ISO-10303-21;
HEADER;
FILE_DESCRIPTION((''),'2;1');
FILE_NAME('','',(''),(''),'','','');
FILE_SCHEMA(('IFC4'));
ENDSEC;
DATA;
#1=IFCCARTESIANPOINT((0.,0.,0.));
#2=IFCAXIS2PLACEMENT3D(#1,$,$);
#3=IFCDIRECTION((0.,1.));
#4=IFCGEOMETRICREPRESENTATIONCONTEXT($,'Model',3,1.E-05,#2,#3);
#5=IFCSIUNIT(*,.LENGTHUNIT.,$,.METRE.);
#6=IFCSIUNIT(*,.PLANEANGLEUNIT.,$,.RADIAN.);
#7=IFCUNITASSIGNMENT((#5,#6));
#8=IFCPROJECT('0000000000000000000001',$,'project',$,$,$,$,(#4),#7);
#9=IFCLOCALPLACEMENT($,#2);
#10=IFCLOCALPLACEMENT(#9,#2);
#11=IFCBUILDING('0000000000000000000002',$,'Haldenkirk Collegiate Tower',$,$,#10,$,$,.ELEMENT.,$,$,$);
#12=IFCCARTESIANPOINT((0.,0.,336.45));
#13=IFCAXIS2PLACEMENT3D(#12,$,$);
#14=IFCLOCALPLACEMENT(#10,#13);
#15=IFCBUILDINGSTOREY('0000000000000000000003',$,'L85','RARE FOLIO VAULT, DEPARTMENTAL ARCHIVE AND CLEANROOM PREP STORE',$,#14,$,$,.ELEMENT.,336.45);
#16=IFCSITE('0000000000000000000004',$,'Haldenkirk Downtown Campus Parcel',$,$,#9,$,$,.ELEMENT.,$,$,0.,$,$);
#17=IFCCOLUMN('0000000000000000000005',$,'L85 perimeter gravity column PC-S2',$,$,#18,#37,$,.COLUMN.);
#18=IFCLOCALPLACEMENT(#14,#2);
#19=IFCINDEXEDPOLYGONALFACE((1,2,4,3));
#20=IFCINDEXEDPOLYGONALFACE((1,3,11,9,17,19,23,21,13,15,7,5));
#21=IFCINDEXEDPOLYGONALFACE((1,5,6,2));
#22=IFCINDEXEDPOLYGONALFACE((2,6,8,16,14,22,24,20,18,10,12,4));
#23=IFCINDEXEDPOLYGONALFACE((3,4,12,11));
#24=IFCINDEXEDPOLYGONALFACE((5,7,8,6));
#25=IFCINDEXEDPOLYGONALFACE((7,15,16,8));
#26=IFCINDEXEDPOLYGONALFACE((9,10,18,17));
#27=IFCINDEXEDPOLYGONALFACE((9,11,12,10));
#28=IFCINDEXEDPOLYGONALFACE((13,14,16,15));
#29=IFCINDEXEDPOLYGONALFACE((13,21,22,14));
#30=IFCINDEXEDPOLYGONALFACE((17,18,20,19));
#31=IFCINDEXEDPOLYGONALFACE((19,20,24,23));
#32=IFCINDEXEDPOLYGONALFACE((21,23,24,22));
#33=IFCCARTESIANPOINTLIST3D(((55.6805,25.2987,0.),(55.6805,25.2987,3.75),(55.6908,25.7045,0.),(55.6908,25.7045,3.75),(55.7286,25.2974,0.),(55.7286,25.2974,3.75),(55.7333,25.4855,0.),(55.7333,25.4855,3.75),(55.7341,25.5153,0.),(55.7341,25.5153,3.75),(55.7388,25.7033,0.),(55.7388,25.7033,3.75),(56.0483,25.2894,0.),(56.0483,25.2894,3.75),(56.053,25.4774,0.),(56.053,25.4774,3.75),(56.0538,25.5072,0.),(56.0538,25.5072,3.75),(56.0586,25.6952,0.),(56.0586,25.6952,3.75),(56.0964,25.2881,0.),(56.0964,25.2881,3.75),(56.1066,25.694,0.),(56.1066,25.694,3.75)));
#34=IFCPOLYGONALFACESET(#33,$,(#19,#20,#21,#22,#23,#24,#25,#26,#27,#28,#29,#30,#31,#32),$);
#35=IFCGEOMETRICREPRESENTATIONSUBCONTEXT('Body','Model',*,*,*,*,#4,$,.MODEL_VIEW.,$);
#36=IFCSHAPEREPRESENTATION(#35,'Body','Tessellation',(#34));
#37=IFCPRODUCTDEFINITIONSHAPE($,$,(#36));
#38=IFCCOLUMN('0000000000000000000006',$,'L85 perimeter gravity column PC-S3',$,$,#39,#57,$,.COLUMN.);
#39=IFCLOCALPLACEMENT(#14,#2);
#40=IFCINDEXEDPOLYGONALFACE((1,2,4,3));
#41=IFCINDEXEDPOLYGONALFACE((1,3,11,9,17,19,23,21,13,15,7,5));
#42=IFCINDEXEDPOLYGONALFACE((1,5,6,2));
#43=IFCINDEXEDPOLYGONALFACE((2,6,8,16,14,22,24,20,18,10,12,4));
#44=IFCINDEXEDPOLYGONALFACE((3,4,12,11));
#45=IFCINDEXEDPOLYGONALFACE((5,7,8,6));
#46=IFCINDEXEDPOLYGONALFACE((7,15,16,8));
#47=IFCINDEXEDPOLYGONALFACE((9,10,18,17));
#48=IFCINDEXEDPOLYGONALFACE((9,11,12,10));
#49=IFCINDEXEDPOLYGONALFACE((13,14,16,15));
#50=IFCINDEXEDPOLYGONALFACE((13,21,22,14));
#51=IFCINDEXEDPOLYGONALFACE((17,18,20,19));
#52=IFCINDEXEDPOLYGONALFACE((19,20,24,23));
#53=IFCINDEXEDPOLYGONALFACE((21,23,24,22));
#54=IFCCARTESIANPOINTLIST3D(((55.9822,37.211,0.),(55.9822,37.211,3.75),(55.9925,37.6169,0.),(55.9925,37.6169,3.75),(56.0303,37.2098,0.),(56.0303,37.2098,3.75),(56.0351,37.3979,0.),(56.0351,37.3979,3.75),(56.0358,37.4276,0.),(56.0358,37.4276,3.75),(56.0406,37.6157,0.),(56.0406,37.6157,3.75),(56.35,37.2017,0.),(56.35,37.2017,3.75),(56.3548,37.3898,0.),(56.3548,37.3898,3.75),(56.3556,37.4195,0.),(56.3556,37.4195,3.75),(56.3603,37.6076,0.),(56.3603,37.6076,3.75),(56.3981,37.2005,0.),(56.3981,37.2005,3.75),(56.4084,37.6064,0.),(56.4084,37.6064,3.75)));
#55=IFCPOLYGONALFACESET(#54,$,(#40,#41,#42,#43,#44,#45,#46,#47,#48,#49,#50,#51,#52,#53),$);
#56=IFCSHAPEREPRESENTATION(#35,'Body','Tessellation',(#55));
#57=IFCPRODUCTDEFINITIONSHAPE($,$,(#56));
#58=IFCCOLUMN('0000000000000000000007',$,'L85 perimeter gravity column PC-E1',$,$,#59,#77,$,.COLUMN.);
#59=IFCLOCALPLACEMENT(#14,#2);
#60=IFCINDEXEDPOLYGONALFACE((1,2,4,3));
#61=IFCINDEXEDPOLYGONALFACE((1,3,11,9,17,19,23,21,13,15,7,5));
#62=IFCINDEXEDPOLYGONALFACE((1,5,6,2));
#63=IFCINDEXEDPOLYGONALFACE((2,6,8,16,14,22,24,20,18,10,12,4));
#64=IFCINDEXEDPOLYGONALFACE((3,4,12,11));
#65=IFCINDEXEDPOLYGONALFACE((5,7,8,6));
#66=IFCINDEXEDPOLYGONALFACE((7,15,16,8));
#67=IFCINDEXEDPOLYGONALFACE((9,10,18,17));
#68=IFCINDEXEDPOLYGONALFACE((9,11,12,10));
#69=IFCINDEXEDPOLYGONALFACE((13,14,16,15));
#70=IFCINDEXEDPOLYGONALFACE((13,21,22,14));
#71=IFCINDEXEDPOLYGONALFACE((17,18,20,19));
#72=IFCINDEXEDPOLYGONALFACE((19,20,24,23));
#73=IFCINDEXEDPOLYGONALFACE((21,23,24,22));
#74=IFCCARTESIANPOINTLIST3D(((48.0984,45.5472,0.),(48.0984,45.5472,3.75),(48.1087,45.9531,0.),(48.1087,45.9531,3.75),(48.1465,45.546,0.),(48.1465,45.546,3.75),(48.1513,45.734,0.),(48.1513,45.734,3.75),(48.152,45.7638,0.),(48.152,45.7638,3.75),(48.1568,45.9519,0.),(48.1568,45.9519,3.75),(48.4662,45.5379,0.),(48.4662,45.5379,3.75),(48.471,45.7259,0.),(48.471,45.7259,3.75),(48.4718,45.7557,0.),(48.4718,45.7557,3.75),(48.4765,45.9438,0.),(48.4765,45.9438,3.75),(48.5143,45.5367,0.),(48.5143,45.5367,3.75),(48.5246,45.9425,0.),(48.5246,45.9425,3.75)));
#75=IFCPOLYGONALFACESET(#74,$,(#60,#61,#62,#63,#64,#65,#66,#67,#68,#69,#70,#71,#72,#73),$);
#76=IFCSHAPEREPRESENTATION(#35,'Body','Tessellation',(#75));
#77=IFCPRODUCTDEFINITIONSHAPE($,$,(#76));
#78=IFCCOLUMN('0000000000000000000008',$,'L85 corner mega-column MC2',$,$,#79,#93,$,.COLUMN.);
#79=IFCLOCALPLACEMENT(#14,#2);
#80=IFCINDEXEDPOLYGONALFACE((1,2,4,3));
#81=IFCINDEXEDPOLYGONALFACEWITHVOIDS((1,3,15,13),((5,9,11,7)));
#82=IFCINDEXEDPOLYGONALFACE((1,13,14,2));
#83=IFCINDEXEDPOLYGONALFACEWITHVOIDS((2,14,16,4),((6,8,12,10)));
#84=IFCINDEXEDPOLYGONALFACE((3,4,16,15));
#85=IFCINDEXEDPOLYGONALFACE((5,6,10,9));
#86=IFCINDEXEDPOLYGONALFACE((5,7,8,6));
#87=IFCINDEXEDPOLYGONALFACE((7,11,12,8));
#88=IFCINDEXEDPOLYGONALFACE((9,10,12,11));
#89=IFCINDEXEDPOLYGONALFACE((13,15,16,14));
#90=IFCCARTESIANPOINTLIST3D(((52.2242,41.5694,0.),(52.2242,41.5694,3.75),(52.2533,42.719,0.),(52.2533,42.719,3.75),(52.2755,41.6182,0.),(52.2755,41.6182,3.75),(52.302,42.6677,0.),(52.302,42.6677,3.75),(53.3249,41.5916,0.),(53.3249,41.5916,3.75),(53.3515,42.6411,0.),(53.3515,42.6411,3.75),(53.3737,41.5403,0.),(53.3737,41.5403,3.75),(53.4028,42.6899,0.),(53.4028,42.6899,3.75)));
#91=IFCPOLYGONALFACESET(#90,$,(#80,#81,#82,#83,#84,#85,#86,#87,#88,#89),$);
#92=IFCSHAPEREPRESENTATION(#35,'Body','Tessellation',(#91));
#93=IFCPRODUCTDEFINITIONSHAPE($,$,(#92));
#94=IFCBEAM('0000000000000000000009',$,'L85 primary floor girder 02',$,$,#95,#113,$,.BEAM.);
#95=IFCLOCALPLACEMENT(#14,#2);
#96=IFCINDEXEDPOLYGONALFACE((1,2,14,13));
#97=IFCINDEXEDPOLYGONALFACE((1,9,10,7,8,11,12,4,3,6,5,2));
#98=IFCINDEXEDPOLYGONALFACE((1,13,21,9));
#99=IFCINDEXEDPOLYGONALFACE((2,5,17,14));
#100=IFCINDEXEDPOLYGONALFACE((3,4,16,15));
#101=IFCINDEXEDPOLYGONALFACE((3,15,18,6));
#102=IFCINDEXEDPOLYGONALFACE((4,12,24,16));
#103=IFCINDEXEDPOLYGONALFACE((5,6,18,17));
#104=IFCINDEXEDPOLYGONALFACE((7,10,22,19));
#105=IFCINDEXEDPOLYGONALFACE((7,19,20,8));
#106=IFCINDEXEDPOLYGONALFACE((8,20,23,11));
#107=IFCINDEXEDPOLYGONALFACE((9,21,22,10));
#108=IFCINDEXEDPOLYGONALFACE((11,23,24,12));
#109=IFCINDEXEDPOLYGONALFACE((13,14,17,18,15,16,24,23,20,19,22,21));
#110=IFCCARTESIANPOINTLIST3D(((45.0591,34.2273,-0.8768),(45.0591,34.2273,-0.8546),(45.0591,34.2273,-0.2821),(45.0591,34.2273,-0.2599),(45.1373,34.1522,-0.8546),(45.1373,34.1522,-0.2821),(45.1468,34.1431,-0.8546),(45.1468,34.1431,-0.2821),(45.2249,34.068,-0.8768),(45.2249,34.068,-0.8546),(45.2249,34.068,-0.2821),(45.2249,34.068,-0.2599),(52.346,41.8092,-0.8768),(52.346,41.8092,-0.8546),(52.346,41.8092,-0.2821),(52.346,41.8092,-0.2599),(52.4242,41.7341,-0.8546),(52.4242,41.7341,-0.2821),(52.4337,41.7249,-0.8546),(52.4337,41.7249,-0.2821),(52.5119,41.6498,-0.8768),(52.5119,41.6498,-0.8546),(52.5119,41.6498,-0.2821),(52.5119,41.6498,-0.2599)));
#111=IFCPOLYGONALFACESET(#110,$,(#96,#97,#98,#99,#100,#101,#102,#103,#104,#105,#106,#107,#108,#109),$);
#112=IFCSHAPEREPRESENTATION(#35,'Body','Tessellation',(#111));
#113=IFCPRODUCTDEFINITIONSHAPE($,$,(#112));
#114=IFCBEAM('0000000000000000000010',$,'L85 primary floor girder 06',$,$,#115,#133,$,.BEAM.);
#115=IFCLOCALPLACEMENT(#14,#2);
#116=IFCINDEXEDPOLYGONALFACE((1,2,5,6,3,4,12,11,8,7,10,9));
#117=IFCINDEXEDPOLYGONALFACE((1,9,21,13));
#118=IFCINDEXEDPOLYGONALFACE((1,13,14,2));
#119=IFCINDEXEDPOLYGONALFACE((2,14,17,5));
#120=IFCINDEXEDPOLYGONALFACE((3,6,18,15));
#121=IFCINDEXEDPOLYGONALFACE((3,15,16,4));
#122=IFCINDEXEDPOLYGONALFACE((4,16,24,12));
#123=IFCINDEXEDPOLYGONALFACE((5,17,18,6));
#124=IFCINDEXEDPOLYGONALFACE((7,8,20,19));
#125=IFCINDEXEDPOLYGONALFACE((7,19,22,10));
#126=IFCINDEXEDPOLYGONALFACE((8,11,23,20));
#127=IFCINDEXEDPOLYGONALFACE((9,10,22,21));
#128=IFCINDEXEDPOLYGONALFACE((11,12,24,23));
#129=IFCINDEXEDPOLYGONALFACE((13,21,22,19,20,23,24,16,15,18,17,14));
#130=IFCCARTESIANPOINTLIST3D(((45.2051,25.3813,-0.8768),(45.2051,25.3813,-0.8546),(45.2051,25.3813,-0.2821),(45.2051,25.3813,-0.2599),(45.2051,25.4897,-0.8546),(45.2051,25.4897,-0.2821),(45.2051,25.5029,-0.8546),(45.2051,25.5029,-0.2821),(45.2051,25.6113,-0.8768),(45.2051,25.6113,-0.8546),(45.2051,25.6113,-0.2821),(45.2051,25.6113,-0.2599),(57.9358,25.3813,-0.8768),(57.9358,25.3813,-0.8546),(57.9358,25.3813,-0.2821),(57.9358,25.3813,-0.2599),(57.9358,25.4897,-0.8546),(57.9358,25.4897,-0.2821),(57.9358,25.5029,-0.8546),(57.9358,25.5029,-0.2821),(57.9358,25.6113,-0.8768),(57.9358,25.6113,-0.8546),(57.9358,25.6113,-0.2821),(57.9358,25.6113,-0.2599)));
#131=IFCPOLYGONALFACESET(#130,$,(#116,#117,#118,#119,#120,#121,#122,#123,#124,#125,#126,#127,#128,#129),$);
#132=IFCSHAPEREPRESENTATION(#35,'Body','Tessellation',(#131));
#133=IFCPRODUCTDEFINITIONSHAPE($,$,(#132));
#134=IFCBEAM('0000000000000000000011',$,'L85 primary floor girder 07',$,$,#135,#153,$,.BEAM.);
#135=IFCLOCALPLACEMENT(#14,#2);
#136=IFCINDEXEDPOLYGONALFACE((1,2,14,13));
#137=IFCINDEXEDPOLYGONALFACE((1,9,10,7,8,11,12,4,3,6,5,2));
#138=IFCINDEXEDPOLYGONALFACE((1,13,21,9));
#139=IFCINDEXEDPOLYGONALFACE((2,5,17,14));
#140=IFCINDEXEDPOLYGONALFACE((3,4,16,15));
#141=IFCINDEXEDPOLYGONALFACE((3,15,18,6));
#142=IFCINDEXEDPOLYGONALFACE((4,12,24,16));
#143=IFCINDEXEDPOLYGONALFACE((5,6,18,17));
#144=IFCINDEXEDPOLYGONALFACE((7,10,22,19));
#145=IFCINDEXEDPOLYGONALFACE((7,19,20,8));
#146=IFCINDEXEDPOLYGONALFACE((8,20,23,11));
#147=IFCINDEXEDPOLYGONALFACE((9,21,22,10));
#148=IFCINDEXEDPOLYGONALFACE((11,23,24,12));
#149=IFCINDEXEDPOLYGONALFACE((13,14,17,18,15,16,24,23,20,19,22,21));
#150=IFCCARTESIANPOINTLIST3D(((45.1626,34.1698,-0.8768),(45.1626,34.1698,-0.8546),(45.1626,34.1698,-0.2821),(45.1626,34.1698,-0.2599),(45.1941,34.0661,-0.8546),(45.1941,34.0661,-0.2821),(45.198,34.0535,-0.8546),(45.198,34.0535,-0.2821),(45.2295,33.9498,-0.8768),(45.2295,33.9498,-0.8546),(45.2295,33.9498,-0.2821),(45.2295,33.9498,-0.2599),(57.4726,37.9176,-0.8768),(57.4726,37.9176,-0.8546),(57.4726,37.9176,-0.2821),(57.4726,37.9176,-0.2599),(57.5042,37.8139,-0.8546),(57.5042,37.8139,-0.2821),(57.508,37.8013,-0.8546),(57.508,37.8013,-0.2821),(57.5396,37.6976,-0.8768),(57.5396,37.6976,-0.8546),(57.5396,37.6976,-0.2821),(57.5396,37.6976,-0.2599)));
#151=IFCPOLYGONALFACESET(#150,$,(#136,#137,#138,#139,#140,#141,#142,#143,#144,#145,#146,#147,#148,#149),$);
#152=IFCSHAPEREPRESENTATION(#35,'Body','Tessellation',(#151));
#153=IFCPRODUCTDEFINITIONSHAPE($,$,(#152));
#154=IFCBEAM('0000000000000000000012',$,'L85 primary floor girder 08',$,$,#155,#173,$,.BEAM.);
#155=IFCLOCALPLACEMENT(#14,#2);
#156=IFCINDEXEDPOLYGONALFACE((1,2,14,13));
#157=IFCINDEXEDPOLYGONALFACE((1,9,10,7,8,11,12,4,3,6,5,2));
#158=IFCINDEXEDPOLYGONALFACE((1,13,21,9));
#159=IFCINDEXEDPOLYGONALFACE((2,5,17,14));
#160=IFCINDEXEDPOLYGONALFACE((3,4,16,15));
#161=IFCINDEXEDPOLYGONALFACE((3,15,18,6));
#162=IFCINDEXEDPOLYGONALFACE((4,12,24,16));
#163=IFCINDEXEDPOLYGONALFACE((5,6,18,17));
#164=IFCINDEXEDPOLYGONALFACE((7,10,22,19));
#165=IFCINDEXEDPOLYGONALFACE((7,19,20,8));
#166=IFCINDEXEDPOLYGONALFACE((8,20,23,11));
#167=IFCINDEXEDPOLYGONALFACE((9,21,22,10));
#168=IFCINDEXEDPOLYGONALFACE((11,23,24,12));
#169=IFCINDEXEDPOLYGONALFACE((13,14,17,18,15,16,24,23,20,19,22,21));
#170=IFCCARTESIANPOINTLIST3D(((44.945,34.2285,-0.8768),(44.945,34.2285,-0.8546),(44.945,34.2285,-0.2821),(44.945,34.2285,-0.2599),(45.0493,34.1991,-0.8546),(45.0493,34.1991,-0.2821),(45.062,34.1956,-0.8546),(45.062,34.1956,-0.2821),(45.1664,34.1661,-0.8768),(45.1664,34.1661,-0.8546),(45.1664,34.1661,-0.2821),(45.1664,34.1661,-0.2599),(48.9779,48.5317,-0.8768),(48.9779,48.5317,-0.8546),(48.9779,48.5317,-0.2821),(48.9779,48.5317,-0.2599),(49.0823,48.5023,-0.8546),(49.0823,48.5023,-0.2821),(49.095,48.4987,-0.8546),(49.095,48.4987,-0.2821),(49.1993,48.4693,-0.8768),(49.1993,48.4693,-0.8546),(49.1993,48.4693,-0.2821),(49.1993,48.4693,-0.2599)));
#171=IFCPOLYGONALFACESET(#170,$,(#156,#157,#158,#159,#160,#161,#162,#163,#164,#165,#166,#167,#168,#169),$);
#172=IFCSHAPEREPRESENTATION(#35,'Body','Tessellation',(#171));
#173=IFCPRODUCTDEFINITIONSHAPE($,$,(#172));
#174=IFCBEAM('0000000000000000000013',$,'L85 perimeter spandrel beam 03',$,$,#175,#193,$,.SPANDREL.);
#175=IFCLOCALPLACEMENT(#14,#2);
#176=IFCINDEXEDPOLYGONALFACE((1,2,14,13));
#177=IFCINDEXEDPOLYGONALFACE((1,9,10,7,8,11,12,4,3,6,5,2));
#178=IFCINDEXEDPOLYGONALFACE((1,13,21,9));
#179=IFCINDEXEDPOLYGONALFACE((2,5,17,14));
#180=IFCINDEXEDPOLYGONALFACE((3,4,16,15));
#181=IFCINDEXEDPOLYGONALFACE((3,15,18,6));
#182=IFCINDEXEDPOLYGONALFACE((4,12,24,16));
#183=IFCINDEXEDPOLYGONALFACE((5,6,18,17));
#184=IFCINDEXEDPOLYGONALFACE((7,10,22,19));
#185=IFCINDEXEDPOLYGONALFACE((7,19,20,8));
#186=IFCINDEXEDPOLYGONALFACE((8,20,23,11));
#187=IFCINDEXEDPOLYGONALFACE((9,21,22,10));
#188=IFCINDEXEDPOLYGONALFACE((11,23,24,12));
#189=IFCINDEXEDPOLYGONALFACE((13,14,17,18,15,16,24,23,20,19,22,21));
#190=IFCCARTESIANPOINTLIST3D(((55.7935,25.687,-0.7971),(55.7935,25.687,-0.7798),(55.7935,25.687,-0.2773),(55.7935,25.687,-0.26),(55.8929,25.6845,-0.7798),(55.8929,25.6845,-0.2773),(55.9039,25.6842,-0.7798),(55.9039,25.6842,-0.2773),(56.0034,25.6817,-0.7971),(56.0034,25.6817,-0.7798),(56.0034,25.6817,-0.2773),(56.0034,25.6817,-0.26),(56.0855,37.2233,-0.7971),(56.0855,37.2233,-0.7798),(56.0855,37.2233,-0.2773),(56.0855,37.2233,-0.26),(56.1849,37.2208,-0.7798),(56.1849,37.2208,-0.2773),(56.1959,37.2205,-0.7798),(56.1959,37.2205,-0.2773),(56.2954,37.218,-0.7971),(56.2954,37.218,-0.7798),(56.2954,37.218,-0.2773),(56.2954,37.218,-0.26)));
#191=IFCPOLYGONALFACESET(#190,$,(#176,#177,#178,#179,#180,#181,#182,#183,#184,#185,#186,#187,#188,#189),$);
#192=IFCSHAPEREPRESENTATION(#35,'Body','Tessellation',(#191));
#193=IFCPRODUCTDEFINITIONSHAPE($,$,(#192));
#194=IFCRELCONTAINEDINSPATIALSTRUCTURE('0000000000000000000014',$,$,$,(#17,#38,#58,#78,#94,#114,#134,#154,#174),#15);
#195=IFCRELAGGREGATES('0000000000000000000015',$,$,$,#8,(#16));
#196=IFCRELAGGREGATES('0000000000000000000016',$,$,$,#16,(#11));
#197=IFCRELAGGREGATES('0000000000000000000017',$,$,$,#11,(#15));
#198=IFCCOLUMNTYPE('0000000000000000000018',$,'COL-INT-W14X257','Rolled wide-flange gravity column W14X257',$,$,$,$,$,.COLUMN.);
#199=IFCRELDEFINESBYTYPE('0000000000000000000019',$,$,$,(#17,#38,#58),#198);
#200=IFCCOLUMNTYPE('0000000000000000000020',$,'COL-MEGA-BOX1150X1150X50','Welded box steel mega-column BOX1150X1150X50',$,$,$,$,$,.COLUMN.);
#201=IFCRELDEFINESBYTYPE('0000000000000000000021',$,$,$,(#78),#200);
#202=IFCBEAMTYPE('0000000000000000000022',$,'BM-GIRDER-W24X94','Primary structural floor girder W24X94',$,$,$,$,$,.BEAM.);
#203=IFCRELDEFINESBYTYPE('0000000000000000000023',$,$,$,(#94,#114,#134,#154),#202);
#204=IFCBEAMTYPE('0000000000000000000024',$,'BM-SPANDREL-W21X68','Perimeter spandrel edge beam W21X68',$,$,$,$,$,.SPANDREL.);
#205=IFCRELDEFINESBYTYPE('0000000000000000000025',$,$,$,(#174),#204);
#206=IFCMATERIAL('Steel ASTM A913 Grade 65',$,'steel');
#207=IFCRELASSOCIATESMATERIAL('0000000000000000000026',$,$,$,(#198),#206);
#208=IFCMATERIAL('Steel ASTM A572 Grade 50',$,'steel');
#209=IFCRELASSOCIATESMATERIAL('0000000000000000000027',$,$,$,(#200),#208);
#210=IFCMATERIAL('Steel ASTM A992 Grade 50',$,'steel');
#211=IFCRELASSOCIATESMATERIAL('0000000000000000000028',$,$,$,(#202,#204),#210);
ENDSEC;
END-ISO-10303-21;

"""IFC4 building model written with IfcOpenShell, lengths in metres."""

from ifc_helpers import new_model, si_unit, direction, frame, origin, origin_2d, place, context, subcontext, project, spatial, hollow_rectangle, i_section, extrude, material, material_profile, profile_set, type_object, element, save


model = new_model("IFC4")

# Units and contexts
model_context = context("Model", 3, precision=1e-05, world=origin(), true_north=direction((0.0, 1.0)))
body_context = subcontext(model_context, "Body", "Model", "MODEL_VIEW")
ifc_project = project(units=[si_unit("LENGTHUNIT", "METRE"), si_unit("PLANEANGLEUNIT", "RADIAN")], contexts=[model_context])

# Site, building, storey
site_placement = place(None, origin())
site = spatial("IfcSite", under=ifc_project, at=site_placement, Name="Haldenkirk Downtown Campus Parcel", CompositionType="ELEMENT", RefElevation=0.0)
building_placement = place(site_placement, origin())
building = spatial("IfcBuilding", under=site, at=building_placement, Name="Haldenkirk Collegiate Tower", CompositionType="ELEMENT")
storey_placement = place(building_placement, frame((0.0, 0.0, 336.45)))
storey = spatial("IfcBuildingStorey", under=building, at=storey_placement, Name="L85", Description="RARE FOLIO VAULT, DEPARTMENTAL ARCHIVE AND CLEANROOM PREP STORE", CompositionType="ELEMENT", Elevation=336.45)

# Columns
ifc_material_1 = material(Name="Steel ASTM A913 Grade 65", Category="steel")
ifc_material_profile_1 = material_profile(ifc_material_1, i_section(OverallWidth=0.406, OverallDepth=0.416, WebThickness=0.0298, FlangeThickness=0.0481, at=origin_2d()), Name="W14X257")
ifc_profile_set_1 = profile_set([ifc_material_profile_1], Name="Steel ASTM A913 Grade 65")
column_type_1 = type_object("IfcColumnType", Name="COL-INT-W14X257", Description="Rolled wide-flange gravity column W14X257", PredefinedType="COLUMN", material=ifc_profile_set_1)
for number, where, z_axis, x_axis, name in (
    (1, (55.8936, 25.4963, 0.0), (0.0, 0.0, 1.0), (0.025305, 0.99968, 0.0), "L85 perimeter gravity column PC-S2"),
    (2, (56.1953, 37.4087, 0.0), (0.0, 0.0, 1.0), (0.025305, 0.99968, 0.0), "L85 perimeter gravity column PC-S3"),
    (3, (48.3115, 45.7449, 0.0), (0.0, 0.0, 1.0), (0.025305, 0.99968, 0.0), "L85 perimeter gravity column PC-E1"),
):
    element("IfcColumn", number, at=place(storey_placement, frame(where, z_axis=z_axis, x_axis=x_axis)), inside=storey, type_object=column_type_1, Name=name, PredefinedType="COLUMN", context=body_context, shape_type="SweptSolid", body=[
        extrude(i_section(OverallWidth=0.406, OverallDepth=0.416, WebThickness=0.0298, FlangeThickness=0.0481, at=origin_2d()), origin(), (0.0, 0.0, 1.0), 3.75),
    ])
ifc_material_2 = material(Name="Steel ASTM A572 Grade 50", Category="steel")
ifc_material_profile_2 = material_profile(ifc_material_2, hollow_rectangle(XDim=1.1499, YDim=1.1499, WallThickness=0.05, at=origin_2d()), Name="BOX1150X1150X50")
ifc_profile_set_2 = profile_set([ifc_material_profile_2], Name="Steel ASTM A572 Grade 50")
column_type_2 = type_object("IfcColumnType", Name="COL-MEGA-BOX1150X1150X50", Description="Welded box steel mega-column BOX1150X1150X50", PredefinedType="COLUMN", material=ifc_profile_set_2)
column_placement = place(storey_placement, frame((52.8135, 42.1296, 0.0), z_axis=(0.0, 0.0, 1.0), x_axis=(0.025305, 0.99968, 0.0)))
element("IfcColumn", 4, at=column_placement, inside=storey, type_object=column_type_2, Name="L85 corner mega-column MC2", PredefinedType="COLUMN", context=body_context, shape_type="SweptSolid", body=[
    extrude(hollow_rectangle(XDim=1.1499, YDim=1.1499, WallThickness=0.05, at=origin_2d()), origin(), (0.0, 0.0, 1.0), 3.75),
])

# Beams
ifc_material_3 = material(Name="Steel ASTM A992 Grade 50", Category="steel")
ifc_material_profile_3 = material_profile(ifc_material_3, i_section(OverallWidth=0.23, OverallDepth=0.6169, WebThickness=0.0132, FlangeThickness=0.0222, at=origin_2d()), Name="W24X94")
ifc_profile_set_3 = profile_set([ifc_material_profile_3], Name="Steel ASTM A992 Grade 50")
beam_type_1 = type_object("IfcBeamType", Name="BM-GIRDER-W24X94", Description="Primary structural floor girder W24X94", PredefinedType="BEAM", material=ifc_profile_set_3)
beam_1_placement = place(storey_placement, frame((52.429, 41.7295, -0.5684), z_axis=(-0.692945, -0.720991, 0.0), x_axis=(0.720991, -0.692945, 0.0)))
element("IfcBeam", 5, at=beam_1_placement, inside=storey, type_object=beam_type_1, Name="L85 primary floor girder 02", PredefinedType="BEAM", context=body_context, shape_type="SweptSolid", body=[
    extrude(i_section(OverallWidth=0.23, OverallDepth=0.6169, WebThickness=0.0132, FlangeThickness=0.0222, at=origin_2d()), origin(), (0.0, 0.0, 1.0), 10.5159),
])
beam_2_placement = place(storey_placement, frame((57.9358, 25.4963, -0.5684), z_axis=(-1.0, 0.0, 0.0), x_axis=(0.0, -1.0, 0.0)))
element("IfcBeam", 6, at=beam_2_placement, inside=storey, type_object=beam_type_1, Name="L85 primary floor girder 06", PredefinedType="BEAM", context=body_context, shape_type="SweptSolid", body=[
    extrude(i_section(OverallWidth=0.23, OverallDepth=0.6169, WebThickness=0.0132, FlangeThickness=0.0222, at=origin_2d()), origin(), (0.0, 0.0, 1.0), 12.7307),
])
beam_3_placement = place(storey_placement, frame((57.5061, 37.8076, -0.5684), z_axis=(-0.956647, -0.291251, 0.0), x_axis=(0.291251, -0.956647, 0.0)))
element("IfcBeam", 7, at=beam_3_placement, inside=storey, type_object=beam_type_1, Name="L85 primary floor girder 07", PredefinedType="BEAM", context=body_context, shape_type="SweptSolid", body=[
    extrude(i_section(OverallWidth=0.23, OverallDepth=0.6169, WebThickness=0.0132, FlangeThickness=0.0222, at=origin_2d()), origin(), (0.0, 0.0, 1.0), 12.8679),
])
beam_4_placement = place(storey_placement, frame((49.0886, 48.5005, -0.5684), z_axis=(-0.27138, -0.962472, 0.0), x_axis=(0.962472, -0.27138, 0.0)))
element("IfcBeam", 8, at=beam_4_placement, inside=storey, type_object=beam_type_1, Name="L85 primary floor girder 08", PredefinedType="BEAM", context=body_context, shape_type="SweptSolid", body=[
    extrude(i_section(OverallWidth=0.23, OverallDepth=0.6169, WebThickness=0.0132, FlangeThickness=0.0222, at=origin_2d()), origin(), (0.0, 0.0, 1.0), 14.8608),
])
ifc_material_profile_4 = material_profile(ifc_material_3, i_section(OverallWidth=0.21, OverallDepth=0.5371, WebThickness=0.011, FlangeThickness=0.0173, at=origin_2d()), Name="W21X68")
ifc_profile_set_4 = profile_set([ifc_material_profile_4], Name="Steel ASTM A992 Grade 50")
beam_type_2 = type_object("IfcBeamType", Name="BM-SPANDREL-W21X68", Description="Perimeter spandrel edge beam W21X68", PredefinedType="SPANDREL", material=ifc_profile_set_4)
beam_5_placement = place(storey_placement, frame((55.8984, 25.6843, -0.5286), z_axis=(0.025302, 0.99968, 0.0), x_axis=(-0.99968, 0.025302, 0.0)))
element("IfcBeam", 9, at=beam_5_placement, inside=storey, type_object=beam_type_2, Name="L85 perimeter spandrel beam 03", PredefinedType="SPANDREL", context=body_context, shape_type="SweptSolid", body=[
    extrude(i_section(OverallWidth=0.21, OverallDepth=0.5371, WebThickness=0.011, FlangeThickness=0.0173, at=origin_2d()), origin(), (0.0, 0.0, 1.0), 11.54),
])

save(model, "model.ifc")
